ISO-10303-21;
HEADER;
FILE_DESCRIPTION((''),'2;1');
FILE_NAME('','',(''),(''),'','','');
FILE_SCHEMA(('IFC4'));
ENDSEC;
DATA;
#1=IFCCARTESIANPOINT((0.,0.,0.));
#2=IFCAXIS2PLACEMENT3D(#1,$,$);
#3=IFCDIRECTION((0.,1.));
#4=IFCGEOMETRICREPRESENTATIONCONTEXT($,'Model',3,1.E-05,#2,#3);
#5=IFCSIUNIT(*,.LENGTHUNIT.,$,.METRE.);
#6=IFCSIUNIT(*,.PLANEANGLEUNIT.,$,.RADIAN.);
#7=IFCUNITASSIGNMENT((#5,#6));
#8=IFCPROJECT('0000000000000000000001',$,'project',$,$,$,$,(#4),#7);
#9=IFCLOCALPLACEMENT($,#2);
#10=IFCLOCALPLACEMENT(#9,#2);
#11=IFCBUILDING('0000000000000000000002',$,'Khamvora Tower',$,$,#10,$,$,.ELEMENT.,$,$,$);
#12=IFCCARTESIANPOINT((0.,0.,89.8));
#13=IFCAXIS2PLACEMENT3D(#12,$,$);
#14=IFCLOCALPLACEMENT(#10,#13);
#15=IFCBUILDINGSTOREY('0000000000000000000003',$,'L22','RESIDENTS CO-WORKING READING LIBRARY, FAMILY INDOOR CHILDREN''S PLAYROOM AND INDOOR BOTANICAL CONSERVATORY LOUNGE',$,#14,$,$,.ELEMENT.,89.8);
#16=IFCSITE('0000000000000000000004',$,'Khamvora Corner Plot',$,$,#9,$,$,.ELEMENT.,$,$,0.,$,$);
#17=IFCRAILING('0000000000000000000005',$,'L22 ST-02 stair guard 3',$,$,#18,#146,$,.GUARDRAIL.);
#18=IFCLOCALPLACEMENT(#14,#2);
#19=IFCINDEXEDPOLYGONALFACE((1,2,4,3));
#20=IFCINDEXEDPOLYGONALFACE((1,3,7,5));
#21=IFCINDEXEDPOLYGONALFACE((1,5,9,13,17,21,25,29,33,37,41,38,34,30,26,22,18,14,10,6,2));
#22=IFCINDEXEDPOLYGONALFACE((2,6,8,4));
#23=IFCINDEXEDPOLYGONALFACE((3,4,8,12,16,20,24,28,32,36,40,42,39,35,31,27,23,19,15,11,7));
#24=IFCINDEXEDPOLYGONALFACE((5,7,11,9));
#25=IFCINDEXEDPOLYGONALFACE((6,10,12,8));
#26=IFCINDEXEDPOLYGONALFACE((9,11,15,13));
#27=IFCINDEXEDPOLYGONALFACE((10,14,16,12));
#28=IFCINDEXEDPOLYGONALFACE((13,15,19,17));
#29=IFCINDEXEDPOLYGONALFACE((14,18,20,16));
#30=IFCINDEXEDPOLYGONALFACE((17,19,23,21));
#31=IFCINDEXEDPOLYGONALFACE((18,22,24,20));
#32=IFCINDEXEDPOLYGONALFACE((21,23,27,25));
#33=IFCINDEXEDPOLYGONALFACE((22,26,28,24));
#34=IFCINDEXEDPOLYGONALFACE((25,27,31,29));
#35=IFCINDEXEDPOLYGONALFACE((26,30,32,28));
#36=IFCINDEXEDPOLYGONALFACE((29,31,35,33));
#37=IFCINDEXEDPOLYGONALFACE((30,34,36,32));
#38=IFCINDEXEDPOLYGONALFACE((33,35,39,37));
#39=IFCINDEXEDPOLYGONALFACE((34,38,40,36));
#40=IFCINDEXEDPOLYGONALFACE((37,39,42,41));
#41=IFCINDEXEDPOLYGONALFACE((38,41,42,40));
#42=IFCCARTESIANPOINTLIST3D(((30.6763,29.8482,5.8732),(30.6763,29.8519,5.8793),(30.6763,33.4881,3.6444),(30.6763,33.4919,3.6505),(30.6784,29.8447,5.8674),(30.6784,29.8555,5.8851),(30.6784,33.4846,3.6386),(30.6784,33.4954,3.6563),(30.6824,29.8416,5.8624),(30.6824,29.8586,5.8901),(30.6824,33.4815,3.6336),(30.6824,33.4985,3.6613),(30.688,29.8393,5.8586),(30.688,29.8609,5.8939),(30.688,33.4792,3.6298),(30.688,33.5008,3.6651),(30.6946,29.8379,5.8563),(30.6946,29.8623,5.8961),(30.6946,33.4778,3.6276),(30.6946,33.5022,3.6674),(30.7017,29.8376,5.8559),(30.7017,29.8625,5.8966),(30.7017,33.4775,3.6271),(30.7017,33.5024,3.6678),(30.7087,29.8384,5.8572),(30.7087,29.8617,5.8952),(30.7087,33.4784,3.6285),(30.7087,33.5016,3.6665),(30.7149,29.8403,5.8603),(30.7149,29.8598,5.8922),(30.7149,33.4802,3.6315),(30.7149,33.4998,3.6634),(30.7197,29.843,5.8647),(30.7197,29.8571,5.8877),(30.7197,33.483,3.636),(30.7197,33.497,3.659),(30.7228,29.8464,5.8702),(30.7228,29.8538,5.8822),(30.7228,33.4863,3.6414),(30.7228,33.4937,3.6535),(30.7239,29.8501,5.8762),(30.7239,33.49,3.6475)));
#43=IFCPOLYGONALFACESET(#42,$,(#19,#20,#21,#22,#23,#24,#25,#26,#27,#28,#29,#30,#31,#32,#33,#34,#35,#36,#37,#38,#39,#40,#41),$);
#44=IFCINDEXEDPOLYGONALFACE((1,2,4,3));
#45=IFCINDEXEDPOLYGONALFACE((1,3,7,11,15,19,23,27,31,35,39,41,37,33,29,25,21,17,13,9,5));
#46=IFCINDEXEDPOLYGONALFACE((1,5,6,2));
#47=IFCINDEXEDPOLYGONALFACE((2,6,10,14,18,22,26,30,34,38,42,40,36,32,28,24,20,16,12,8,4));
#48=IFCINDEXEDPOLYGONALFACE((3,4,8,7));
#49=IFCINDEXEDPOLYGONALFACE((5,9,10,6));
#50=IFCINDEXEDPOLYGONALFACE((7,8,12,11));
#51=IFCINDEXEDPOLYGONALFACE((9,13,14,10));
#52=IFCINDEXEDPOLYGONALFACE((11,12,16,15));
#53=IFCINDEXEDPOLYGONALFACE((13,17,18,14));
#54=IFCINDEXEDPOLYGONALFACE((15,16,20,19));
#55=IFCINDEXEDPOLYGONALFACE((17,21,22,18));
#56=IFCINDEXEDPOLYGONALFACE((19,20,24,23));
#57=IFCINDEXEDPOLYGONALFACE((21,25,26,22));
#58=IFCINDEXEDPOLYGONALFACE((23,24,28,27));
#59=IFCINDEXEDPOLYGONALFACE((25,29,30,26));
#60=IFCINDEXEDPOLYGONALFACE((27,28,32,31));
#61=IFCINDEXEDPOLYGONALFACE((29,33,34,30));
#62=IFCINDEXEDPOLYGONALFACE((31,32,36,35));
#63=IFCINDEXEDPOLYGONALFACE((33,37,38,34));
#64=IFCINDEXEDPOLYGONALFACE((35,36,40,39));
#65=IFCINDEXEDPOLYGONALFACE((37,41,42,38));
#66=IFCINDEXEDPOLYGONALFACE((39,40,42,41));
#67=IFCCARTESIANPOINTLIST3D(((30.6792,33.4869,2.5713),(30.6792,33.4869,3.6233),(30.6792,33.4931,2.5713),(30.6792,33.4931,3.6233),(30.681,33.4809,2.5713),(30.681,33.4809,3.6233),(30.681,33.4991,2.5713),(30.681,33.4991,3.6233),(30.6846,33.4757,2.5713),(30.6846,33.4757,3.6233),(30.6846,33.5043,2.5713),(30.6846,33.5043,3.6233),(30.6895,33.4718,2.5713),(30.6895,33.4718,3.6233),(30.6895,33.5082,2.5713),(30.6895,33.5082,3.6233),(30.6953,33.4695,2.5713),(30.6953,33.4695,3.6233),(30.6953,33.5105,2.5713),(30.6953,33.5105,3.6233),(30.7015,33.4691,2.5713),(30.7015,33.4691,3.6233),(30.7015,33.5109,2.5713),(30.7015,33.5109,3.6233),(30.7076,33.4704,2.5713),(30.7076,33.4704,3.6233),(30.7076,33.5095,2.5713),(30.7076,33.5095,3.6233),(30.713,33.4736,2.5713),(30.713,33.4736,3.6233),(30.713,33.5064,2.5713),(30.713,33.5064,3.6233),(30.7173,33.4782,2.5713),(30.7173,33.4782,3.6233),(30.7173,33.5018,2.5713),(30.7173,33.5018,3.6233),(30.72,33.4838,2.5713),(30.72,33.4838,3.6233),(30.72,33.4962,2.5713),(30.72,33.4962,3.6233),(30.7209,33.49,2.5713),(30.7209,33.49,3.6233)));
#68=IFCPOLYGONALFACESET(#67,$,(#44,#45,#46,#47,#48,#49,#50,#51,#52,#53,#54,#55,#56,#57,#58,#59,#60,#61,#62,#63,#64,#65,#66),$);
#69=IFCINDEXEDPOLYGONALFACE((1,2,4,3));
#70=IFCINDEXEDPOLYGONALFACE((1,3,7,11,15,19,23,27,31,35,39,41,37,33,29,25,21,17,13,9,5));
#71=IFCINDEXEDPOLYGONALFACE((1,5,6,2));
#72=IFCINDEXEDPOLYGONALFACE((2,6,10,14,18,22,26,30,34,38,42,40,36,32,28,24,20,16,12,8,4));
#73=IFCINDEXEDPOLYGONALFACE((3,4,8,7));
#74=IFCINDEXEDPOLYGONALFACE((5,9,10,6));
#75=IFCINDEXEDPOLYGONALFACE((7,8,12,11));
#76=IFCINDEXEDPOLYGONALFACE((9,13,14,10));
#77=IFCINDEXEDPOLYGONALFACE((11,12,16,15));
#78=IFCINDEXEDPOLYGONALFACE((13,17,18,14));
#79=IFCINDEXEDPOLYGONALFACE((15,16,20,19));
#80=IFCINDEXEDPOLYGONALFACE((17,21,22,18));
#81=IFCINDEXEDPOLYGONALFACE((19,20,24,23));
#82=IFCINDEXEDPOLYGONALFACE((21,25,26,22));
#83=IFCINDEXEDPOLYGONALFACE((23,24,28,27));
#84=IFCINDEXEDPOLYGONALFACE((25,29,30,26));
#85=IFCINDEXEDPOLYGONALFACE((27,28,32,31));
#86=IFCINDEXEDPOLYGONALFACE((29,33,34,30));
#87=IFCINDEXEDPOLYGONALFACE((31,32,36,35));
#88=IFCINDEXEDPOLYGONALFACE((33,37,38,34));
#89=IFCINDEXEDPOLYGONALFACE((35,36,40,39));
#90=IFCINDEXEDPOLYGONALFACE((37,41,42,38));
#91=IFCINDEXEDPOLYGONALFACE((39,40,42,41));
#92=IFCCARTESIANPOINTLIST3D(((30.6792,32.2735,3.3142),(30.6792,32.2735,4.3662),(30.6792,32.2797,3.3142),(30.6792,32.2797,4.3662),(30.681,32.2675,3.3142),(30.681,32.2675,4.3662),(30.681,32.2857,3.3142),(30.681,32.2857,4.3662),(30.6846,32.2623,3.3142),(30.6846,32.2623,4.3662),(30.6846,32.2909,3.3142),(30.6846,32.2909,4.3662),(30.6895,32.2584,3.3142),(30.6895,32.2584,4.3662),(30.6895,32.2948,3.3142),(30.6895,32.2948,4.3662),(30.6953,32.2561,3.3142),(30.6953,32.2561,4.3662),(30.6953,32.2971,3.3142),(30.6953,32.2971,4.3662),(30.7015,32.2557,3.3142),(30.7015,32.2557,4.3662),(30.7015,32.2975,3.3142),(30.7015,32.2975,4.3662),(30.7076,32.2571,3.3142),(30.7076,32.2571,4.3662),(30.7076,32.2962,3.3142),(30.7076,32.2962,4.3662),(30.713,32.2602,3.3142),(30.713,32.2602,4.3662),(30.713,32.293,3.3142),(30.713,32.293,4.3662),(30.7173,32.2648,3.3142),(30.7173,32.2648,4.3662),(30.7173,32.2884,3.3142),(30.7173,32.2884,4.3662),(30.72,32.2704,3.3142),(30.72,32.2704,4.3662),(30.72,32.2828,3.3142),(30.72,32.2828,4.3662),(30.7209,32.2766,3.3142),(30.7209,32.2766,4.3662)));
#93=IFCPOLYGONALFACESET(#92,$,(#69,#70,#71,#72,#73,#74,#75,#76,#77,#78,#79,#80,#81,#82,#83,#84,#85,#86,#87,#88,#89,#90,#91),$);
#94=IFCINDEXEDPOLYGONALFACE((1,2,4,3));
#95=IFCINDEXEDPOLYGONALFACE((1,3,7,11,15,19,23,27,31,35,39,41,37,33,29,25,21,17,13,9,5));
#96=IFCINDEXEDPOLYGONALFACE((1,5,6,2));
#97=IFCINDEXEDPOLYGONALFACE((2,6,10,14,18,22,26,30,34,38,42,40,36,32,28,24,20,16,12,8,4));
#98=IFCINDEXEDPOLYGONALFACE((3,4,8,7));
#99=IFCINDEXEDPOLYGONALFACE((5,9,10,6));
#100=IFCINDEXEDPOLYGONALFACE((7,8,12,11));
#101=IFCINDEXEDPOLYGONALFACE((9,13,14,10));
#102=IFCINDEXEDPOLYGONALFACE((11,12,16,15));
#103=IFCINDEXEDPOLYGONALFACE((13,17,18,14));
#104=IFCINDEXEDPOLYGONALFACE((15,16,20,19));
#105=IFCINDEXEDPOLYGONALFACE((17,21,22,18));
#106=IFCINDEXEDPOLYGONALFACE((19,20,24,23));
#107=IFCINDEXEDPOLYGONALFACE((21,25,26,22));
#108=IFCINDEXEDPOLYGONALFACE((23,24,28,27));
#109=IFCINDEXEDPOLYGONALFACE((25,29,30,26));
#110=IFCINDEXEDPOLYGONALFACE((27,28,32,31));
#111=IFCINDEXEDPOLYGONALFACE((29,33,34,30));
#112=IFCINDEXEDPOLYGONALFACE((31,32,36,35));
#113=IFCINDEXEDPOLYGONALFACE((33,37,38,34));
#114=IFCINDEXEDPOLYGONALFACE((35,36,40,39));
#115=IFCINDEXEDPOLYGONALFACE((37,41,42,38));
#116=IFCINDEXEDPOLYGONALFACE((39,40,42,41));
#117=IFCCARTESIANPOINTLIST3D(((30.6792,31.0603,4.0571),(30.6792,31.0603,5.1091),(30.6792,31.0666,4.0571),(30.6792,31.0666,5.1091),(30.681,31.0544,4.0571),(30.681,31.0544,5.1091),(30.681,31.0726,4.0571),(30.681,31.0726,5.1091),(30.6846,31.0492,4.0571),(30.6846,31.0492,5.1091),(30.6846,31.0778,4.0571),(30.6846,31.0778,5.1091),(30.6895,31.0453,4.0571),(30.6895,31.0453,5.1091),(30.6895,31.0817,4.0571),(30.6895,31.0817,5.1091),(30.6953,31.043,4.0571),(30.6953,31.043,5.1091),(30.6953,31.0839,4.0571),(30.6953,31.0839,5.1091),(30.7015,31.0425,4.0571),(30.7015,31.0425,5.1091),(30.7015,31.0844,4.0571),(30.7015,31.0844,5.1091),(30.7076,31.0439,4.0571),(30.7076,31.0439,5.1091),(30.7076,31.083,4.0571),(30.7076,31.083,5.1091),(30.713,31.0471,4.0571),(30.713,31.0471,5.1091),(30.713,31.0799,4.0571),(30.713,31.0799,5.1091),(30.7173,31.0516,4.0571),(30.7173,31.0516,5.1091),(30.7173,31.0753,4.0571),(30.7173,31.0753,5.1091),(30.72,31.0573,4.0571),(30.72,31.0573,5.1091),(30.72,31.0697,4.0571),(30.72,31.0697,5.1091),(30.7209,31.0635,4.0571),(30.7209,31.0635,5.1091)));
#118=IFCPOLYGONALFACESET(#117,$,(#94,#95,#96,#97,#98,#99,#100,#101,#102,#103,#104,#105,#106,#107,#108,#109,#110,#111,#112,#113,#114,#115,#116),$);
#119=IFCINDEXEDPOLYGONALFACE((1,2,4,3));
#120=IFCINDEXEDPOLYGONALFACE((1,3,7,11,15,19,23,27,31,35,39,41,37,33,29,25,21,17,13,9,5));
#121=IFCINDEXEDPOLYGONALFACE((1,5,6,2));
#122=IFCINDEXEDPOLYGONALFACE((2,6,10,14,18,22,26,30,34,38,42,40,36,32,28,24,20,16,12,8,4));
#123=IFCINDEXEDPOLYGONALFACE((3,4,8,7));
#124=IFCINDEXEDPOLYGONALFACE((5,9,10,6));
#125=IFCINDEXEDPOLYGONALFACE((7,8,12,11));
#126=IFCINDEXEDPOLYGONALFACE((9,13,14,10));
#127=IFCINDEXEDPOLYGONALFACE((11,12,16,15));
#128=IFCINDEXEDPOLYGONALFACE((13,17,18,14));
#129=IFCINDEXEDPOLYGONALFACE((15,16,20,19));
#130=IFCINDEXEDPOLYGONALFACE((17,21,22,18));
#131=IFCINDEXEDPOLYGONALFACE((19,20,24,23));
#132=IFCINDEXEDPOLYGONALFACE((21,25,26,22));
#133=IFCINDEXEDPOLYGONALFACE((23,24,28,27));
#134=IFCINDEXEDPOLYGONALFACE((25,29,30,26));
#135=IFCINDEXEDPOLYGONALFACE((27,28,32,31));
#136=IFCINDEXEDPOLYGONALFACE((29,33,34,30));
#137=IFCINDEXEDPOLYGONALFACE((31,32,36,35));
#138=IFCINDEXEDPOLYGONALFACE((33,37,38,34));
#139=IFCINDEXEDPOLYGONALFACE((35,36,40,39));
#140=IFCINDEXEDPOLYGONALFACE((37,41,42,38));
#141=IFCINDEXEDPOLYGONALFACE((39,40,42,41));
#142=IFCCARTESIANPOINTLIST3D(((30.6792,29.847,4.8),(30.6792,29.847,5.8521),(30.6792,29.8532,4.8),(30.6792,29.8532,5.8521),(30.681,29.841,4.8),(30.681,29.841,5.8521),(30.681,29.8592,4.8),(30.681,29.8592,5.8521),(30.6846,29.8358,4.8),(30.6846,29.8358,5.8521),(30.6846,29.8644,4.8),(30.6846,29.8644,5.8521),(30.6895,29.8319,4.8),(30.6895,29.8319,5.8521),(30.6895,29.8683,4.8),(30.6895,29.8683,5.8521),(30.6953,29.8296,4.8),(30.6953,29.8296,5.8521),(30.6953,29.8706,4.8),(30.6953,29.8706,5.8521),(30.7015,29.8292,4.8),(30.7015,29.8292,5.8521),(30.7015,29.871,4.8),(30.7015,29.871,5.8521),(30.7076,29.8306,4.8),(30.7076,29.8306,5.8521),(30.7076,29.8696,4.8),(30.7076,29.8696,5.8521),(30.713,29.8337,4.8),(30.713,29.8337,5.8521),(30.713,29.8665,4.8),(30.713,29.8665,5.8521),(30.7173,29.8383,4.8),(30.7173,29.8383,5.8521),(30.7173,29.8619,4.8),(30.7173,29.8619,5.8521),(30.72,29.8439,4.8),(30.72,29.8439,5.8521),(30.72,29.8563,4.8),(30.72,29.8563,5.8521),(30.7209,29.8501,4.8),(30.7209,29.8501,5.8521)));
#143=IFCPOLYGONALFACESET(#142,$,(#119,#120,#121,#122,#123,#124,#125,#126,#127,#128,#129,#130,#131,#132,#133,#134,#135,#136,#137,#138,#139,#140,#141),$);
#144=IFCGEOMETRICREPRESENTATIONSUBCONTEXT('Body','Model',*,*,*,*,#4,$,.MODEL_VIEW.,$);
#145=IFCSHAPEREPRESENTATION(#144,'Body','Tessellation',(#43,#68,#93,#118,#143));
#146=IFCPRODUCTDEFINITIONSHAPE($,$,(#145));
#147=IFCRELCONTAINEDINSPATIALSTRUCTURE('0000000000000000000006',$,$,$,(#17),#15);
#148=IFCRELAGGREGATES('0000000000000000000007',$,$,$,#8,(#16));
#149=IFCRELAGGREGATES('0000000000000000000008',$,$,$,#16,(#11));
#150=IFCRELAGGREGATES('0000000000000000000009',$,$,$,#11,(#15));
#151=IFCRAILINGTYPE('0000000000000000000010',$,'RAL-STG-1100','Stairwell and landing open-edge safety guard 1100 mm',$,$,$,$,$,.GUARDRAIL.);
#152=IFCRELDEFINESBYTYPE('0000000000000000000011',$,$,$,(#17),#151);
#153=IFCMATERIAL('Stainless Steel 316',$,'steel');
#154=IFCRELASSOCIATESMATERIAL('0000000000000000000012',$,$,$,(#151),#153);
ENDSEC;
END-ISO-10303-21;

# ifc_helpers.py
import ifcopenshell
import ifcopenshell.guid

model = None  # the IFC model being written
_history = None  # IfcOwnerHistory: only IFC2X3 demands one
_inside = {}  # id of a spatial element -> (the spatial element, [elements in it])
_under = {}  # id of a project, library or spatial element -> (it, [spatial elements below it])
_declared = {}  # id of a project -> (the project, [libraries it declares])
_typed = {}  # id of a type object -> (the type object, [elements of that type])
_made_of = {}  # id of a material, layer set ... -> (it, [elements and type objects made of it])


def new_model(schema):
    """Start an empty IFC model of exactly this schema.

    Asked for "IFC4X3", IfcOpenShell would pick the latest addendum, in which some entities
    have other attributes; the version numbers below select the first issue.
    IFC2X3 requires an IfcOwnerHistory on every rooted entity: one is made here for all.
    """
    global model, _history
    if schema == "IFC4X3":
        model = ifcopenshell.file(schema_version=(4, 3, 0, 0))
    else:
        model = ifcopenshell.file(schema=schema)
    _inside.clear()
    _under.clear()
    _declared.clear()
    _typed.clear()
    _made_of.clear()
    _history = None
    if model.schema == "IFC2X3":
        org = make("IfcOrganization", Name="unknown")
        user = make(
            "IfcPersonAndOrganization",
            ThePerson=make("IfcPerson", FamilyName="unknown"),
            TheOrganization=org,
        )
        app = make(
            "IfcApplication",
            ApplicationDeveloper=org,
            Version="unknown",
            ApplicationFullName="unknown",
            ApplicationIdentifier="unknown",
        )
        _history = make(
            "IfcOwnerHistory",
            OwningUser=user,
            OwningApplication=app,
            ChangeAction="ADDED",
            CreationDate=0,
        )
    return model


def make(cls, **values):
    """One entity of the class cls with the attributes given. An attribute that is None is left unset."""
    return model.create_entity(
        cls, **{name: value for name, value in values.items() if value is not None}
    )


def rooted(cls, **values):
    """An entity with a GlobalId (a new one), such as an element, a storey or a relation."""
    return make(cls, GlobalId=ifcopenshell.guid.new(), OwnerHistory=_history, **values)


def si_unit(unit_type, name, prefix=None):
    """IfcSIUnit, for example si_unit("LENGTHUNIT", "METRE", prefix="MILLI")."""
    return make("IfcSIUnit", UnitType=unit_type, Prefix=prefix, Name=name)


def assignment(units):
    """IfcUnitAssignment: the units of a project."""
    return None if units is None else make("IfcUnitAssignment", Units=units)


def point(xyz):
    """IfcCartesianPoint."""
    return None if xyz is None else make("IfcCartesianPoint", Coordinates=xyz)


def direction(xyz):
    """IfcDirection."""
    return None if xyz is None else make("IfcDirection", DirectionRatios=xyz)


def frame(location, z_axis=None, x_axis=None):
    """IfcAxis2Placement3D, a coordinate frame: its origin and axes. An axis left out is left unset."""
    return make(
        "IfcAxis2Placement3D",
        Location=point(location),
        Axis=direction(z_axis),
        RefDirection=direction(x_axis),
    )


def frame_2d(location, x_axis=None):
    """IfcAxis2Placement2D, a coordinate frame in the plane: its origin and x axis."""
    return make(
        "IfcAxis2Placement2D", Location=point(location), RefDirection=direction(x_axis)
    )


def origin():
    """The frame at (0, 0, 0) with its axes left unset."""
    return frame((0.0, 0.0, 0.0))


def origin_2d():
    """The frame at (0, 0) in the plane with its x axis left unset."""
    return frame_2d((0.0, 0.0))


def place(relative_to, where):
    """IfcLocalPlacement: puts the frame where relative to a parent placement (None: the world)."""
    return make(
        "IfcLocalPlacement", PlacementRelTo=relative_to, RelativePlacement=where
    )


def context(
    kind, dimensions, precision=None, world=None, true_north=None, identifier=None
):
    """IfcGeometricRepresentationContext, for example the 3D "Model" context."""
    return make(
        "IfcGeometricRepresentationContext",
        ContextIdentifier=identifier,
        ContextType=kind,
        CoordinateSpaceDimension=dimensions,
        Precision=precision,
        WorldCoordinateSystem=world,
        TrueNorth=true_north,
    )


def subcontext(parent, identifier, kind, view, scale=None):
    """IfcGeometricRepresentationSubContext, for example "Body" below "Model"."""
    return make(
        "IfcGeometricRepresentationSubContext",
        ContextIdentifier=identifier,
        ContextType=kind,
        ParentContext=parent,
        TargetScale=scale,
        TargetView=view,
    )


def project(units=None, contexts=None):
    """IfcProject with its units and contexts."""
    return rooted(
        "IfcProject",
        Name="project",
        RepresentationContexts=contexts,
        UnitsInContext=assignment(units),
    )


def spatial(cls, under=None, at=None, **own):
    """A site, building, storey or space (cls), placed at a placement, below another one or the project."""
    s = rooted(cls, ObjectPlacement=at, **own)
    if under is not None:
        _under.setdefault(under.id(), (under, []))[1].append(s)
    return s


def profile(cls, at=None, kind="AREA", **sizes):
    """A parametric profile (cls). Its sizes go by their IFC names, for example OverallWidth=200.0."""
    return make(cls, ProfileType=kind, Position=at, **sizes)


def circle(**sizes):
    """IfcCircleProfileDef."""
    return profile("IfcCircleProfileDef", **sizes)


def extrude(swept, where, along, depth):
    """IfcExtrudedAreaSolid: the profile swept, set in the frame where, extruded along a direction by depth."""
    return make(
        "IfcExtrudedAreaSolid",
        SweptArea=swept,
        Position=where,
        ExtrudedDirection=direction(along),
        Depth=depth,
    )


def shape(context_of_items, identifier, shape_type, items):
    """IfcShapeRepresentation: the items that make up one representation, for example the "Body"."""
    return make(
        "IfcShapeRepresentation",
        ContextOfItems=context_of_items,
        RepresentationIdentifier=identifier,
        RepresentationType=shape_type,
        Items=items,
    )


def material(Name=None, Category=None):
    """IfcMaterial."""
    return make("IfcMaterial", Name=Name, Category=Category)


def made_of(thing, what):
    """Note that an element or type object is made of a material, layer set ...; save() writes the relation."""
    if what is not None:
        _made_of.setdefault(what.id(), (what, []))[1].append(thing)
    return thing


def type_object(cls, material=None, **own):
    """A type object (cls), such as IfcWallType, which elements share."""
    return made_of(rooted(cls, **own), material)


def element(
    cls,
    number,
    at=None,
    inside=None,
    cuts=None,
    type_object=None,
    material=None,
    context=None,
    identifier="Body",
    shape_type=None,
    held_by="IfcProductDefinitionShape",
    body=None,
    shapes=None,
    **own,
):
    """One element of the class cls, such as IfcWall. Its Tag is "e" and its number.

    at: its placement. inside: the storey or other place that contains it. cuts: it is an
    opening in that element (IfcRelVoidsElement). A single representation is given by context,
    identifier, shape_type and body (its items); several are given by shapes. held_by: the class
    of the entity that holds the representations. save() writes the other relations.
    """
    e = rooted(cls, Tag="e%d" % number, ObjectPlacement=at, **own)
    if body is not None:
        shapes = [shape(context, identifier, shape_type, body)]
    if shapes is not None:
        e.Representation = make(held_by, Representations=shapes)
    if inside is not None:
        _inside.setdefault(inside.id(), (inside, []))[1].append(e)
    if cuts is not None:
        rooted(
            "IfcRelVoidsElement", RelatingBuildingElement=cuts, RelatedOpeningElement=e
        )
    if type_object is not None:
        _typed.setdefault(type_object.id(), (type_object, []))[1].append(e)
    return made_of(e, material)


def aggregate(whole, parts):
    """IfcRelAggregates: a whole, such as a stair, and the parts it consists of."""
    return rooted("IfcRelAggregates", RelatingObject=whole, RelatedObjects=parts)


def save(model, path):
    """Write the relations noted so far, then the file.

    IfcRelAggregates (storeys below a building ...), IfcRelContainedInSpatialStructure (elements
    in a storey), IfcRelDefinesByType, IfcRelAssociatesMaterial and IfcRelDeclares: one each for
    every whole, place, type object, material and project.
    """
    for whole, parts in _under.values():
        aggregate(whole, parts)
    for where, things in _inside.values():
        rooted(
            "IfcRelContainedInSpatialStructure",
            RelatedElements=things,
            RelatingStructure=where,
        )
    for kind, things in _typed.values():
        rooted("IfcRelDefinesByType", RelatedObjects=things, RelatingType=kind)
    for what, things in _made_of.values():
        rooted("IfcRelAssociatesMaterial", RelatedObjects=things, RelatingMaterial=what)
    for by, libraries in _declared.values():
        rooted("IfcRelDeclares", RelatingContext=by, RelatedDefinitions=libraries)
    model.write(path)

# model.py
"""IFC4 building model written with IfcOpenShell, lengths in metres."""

from ifc_helpers import new_model, si_unit, direction, frame, origin, origin_2d, place, context, subcontext, project, spatial, circle, extrude, material, type_object, element, save


model = new_model("IFC4")

# Units and contexts
model_context = context("Model", 3, precision=1e-05, world=origin(), true_north=direction((0.0, 1.0)))
body_context = subcontext(model_context, "Body", "Model", "MODEL_VIEW")
ifc_project = project(units=[si_unit("LENGTHUNIT", "METRE"), si_unit("PLANEANGLEUNIT", "RADIAN")], contexts=[model_context])

# Site, building, storey
site_placement = place(None, origin())
site = spatial("IfcSite", under=ifc_project, at=site_placement, Name="Khamvora Corner Plot", CompositionType="ELEMENT", RefElevation=0.0)
building_placement = place(site_placement, origin())
building = spatial("IfcBuilding", under=site, at=building_placement, Name="Khamvora Tower", CompositionType="ELEMENT")
storey_placement = place(building_placement, frame((0.0, 0.0, 89.8)))
storey = spatial("IfcBuildingStorey", under=building, at=storey_placement, Name="L22", Description="RESIDENTS CO-WORKING READING LIBRARY, FAMILY INDOOR CHILDREN'S PLAYROOM AND INDOOR BOTANICAL CONSERVATORY LOUNGE", CompositionType="ELEMENT", Elevation=89.8)

# Railing
ifc_material_1 = material(Name="Stainless Steel 316", Category="steel")
railing_type_1 = type_object("IfcRailingType", Name="RAL-STG-1100", Description="Stairwell and landing open-edge safety guard 1100 mm", PredefinedType="GUARDRAIL", material=ifc_material_1)
railing_1_placement = place(storey_placement, frame((30.7, 33.49, 2.5713)))
element("IfcRailing", 1, at=railing_1_placement, inside=storey, type_object=railing_type_1, Name="L22 ST-02 stair guard 3", PredefinedType="GUARDRAIL", context=body_context, shape_type="SweptSolid", body=[
    extrude(circle(Radius=0.0239, at=origin_2d()), frame((0.0, 0.0, 1.0762), z_axis=(0.0, -0.852825, 0.522197), x_axis=(1.0, 0.0, 0.0)), (0.0, 0.0, 1.0), 4.2681),
    extrude(circle(Radius=0.021, at=origin_2d()), origin(), (0.0, 0.0, 1.0), 1.052),
    extrude(circle(Radius=0.021, at=origin_2d()), frame((0.0, -1.2134, 0.7429)), (0.0, 0.0, 1.0), 1.052),
    extrude(circle(Radius=0.021, at=origin_2d()), frame((0.0, -2.4265, 1.4858)), (0.0, 0.0, 1.0), 1.052),
    extrude(circle(Radius=0.021, at=origin_2d()), frame((0.0, -3.6399, 2.2288)), (0.0, 0.0, 1.0), 1.052),
])

save(model, "model.ifc")
